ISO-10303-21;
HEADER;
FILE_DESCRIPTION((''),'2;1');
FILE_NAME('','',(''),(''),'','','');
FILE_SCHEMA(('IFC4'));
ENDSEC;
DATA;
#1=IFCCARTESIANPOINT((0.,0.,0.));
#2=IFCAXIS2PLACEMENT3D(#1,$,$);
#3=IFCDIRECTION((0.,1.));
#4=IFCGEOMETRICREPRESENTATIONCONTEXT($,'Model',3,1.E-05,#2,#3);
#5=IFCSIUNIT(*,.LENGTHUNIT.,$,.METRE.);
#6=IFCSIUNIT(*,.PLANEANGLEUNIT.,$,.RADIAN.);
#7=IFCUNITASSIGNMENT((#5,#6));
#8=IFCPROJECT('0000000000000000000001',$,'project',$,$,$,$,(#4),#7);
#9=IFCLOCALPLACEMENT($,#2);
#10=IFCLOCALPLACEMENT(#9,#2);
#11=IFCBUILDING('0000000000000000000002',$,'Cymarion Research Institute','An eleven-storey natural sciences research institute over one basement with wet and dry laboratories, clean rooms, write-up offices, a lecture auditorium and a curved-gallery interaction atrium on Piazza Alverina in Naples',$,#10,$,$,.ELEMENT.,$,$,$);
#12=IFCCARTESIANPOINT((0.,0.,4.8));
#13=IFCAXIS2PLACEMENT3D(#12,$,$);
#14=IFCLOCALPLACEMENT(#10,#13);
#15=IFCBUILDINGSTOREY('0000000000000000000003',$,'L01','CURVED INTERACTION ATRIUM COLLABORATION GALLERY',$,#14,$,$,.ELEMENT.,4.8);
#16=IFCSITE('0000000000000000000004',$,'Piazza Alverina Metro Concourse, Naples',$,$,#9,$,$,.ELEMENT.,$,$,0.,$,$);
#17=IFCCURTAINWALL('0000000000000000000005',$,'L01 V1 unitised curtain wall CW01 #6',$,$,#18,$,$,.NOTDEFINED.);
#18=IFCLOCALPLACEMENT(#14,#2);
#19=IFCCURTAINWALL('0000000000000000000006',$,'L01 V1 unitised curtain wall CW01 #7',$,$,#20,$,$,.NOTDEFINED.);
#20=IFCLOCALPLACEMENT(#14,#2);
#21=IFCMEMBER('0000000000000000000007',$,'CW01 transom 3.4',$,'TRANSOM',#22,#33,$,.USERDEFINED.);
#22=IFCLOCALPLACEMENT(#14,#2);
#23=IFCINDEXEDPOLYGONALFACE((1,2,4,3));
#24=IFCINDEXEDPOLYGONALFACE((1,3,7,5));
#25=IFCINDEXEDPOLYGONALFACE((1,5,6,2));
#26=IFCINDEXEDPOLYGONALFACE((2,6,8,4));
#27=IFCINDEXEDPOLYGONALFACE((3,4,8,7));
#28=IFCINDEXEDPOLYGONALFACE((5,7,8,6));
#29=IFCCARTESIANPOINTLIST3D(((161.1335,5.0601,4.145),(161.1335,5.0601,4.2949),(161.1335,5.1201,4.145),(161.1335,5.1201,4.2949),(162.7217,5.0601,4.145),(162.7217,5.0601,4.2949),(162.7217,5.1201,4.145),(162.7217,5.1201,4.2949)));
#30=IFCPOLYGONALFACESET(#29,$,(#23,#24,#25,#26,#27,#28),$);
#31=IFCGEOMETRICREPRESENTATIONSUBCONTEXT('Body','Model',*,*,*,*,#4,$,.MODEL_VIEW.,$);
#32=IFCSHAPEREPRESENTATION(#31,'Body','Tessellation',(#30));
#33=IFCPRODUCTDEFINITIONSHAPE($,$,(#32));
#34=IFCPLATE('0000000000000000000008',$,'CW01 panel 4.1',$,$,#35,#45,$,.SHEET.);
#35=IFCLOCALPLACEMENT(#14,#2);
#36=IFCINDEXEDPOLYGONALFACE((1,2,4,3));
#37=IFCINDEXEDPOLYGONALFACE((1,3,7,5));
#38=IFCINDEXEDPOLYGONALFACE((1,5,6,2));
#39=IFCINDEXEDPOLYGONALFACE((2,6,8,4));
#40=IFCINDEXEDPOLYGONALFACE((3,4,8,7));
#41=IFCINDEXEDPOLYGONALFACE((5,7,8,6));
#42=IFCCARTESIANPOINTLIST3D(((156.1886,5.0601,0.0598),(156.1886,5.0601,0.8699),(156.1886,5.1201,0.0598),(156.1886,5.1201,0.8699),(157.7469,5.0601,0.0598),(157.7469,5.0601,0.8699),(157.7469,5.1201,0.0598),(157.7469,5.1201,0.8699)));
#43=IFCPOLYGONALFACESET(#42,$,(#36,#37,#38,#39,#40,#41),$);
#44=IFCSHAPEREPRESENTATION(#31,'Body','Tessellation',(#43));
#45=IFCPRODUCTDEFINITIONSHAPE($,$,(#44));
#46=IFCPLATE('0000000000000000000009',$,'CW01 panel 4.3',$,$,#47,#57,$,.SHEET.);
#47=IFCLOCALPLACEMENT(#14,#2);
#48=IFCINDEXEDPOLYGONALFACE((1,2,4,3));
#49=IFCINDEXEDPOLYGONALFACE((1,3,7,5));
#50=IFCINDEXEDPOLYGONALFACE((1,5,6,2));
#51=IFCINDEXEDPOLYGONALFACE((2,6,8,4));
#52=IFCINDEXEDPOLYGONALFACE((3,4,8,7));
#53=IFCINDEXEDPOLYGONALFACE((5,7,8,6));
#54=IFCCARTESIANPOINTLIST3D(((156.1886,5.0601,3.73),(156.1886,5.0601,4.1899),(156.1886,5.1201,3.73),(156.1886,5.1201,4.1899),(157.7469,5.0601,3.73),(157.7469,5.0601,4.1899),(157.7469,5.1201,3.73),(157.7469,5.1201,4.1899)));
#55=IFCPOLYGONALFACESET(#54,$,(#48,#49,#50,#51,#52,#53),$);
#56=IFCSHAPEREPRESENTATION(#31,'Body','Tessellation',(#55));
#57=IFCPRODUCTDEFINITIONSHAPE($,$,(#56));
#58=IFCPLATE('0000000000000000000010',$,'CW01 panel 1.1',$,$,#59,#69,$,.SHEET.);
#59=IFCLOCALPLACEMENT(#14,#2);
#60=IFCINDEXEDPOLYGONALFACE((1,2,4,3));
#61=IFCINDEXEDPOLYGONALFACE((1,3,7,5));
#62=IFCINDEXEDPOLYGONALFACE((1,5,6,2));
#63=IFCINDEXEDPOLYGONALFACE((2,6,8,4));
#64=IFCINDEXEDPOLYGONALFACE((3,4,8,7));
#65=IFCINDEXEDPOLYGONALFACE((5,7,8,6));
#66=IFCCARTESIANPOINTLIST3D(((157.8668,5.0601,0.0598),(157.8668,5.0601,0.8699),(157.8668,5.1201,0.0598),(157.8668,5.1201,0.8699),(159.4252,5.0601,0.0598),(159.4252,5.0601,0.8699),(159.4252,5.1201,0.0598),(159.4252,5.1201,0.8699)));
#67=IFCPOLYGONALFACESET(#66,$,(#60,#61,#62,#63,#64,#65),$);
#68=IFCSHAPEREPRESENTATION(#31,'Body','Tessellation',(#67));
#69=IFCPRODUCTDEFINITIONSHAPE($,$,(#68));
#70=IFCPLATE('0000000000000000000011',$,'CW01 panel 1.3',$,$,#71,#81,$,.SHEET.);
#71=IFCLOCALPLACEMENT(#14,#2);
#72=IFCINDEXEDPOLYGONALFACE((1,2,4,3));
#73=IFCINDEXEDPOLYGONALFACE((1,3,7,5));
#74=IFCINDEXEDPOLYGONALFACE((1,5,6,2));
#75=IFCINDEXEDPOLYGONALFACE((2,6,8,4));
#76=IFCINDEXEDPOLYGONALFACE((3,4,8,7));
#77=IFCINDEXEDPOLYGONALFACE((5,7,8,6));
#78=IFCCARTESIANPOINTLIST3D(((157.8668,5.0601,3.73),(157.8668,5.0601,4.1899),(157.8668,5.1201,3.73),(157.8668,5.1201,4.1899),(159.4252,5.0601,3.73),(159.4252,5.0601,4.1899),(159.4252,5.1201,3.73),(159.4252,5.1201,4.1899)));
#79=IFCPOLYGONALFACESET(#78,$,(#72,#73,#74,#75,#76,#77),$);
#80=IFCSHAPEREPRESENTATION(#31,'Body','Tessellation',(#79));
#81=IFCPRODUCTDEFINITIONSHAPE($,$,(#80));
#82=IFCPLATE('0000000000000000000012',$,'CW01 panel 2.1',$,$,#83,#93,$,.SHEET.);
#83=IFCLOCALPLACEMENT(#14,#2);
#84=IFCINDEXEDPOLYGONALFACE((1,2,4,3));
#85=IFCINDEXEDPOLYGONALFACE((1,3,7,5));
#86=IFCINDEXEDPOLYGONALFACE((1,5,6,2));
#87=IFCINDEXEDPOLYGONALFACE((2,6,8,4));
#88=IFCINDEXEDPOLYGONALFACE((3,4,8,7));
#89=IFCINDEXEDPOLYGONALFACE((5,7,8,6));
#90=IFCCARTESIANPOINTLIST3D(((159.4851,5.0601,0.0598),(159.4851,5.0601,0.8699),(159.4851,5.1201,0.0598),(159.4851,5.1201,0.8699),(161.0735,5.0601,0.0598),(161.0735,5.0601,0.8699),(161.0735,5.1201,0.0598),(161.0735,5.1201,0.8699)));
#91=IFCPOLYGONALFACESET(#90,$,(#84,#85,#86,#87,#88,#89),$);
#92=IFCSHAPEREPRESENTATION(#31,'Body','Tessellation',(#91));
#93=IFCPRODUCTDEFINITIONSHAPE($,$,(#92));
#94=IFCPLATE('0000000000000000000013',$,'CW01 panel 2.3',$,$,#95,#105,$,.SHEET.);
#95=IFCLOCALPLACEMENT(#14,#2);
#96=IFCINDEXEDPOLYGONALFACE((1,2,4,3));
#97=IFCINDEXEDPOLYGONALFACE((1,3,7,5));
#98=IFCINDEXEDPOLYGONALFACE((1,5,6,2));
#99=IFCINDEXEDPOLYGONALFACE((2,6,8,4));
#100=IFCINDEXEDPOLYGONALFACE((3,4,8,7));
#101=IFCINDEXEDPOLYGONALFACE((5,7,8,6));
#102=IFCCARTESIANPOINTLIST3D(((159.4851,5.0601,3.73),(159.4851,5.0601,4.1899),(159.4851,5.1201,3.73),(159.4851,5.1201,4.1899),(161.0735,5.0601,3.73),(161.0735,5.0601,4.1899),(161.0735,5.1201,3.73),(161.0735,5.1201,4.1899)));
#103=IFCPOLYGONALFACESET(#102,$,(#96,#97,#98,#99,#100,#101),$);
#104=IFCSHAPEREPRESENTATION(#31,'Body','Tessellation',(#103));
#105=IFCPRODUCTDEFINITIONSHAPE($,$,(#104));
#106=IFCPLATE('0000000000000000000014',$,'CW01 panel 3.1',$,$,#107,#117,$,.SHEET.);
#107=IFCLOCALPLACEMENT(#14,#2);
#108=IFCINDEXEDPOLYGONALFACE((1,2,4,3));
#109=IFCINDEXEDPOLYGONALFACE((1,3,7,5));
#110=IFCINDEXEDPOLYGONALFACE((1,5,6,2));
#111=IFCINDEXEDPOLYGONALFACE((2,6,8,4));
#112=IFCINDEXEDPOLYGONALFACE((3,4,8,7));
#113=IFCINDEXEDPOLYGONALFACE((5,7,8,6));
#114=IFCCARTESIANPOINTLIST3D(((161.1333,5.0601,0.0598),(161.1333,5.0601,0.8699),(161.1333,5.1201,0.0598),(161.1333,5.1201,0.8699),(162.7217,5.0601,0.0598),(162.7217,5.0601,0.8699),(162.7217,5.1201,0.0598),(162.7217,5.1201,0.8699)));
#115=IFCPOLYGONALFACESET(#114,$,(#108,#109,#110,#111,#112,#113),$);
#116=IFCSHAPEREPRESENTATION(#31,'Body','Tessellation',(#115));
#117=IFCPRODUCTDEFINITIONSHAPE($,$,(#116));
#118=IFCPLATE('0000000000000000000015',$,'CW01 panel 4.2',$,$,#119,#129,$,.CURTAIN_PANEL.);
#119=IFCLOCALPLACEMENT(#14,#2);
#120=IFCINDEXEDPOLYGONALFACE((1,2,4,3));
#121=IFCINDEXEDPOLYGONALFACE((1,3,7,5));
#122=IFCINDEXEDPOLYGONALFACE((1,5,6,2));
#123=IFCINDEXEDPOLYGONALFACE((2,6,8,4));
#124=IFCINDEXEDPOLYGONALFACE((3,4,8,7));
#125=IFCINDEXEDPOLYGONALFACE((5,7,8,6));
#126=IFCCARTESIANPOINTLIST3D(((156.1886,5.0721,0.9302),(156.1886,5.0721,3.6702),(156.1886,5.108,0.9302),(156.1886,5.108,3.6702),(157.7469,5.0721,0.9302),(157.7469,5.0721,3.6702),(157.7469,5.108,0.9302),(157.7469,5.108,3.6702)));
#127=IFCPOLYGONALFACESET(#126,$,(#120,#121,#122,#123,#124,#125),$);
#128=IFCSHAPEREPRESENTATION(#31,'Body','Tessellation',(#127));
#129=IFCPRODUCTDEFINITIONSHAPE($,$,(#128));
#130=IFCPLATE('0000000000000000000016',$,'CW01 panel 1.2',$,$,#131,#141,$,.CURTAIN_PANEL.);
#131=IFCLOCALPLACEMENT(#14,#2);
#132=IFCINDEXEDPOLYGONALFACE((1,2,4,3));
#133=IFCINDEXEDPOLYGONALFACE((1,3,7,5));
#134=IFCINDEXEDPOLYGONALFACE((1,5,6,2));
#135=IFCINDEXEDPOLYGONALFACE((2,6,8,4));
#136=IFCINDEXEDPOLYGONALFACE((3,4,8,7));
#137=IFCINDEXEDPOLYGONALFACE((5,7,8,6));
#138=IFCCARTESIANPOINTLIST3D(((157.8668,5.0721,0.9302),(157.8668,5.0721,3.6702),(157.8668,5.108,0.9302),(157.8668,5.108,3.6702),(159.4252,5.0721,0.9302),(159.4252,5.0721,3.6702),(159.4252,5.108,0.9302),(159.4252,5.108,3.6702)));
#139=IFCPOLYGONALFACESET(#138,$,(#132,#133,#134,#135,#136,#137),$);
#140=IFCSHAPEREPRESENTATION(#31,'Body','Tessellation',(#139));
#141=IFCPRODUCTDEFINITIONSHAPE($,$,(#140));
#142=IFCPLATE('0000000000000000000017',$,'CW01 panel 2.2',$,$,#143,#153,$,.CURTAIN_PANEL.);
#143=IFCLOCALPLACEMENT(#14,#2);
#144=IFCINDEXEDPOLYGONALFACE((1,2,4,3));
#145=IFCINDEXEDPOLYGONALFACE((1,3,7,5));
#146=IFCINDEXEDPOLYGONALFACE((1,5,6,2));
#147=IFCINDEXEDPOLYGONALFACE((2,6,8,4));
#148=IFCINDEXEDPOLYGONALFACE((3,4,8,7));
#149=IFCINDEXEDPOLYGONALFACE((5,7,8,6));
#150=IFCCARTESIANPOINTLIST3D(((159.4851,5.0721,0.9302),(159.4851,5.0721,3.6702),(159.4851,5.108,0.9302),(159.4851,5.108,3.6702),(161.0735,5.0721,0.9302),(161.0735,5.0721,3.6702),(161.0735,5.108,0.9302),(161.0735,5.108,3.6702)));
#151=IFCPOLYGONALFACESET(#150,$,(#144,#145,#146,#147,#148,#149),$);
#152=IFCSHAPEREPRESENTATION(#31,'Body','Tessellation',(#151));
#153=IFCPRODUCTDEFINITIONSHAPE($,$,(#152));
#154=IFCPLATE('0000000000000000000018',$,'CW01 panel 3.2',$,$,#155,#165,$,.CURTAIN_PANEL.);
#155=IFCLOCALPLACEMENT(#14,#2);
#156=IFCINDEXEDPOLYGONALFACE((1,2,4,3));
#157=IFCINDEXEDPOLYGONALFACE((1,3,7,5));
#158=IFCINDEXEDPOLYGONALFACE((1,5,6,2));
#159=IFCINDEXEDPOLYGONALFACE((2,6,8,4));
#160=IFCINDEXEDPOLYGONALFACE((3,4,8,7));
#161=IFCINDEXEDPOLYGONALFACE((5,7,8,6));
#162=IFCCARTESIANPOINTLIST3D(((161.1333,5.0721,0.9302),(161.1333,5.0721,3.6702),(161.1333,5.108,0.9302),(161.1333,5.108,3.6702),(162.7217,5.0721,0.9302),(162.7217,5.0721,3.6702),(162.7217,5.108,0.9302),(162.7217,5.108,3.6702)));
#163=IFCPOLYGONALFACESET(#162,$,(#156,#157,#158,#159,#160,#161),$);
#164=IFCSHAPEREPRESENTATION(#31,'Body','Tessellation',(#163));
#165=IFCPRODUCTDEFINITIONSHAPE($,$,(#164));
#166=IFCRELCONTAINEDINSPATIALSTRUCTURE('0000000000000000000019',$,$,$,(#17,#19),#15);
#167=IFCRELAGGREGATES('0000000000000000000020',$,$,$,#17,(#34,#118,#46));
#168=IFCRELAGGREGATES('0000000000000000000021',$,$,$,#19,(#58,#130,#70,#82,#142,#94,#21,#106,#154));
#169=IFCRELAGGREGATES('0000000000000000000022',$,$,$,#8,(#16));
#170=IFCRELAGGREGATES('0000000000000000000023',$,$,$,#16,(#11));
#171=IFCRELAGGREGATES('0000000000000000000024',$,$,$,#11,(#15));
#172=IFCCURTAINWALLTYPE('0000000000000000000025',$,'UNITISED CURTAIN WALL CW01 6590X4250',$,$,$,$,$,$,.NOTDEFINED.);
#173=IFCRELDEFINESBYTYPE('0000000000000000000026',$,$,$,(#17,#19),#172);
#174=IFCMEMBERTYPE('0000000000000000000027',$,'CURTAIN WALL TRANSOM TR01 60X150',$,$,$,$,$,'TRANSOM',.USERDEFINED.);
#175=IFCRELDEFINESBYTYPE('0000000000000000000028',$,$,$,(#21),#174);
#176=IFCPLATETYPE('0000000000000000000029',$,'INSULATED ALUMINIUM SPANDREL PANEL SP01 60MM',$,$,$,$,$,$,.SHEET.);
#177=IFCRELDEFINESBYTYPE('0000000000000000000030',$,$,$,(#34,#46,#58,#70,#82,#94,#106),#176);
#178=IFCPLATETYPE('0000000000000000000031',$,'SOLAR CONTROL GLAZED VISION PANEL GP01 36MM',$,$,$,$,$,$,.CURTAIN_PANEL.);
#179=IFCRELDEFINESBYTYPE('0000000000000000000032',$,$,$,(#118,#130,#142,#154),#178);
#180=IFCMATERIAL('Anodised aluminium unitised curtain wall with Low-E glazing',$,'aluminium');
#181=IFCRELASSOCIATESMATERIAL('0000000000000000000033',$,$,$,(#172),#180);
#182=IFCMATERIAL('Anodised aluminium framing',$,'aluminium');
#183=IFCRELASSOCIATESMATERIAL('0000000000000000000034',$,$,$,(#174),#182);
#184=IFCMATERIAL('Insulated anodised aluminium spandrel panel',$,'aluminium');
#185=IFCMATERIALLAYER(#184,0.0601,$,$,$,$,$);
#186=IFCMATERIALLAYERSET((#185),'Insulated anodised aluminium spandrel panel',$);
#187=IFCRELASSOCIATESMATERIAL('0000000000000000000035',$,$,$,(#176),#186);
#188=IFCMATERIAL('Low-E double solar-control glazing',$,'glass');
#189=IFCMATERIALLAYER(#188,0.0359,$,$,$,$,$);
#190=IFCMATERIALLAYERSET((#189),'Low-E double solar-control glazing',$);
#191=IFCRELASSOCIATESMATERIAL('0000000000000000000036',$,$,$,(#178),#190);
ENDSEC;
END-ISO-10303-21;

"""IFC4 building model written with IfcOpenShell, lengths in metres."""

from ifc_helpers import new_model, si_unit, direction, frame, origin, origin_2d, place, context, subcontext, project, spatial, rectangle, extrude, material, layer, layer_set, material_profile, profile_set, type_object, element, aggregate, save


model = new_model("IFC4")

# Units and contexts
model_context = context("Model", 3, precision=1e-05, world=origin(), true_north=direction((0.0, 1.0)))
body_context = subcontext(model_context, "Body", "Model", "MODEL_VIEW")
ifc_project = project(units=[si_unit("LENGTHUNIT", "METRE"), si_unit("PLANEANGLEUNIT", "RADIAN")], contexts=[model_context])

# Site, building, storey
site_placement = place(None, origin())
site = spatial("IfcSite", under=ifc_project, at=site_placement, Name="Piazza Alverina Metro Concourse, Naples", CompositionType="ELEMENT", RefElevation=0.0)
building_placement = place(site_placement, origin())
building = spatial("IfcBuilding", under=site, at=building_placement, Name="Cymarion Research Institute", Description="An eleven-storey natural sciences research institute over one basement with wet and dry laboratories, clean rooms, write-up offices, a lecture auditorium and a curved-gallery interaction atrium on Piazza Alverina in Naples", CompositionType="ELEMENT")
storey_placement = place(building_placement, frame((0.0, 0.0, 4.8)))
storey = spatial("IfcBuildingStorey", under=building, at=storey_placement, Name="L01", Description="CURVED INTERACTION ATRIUM COLLABORATION GALLERY", CompositionType="ELEMENT", Elevation=4.8)

# Curtain wall
ifc_material_1 = material(Name="Anodised aluminium unitised curtain wall with Low-E glazing", Category="aluminium")
curtain_wall_type = type_object("IfcCurtainWallType", Name="UNITISED CURTAIN WALL CW01 6590X4250", PredefinedType="NOTDEFINED", material=ifc_material_1)
curtain_wall_1_placement = place(storey_placement, origin())
curtain_wall_1 = element("IfcCurtainWall", 1, at=curtain_wall_1_placement, inside=storey, type_object=curtain_wall_type, Name="L01 V1 unitised curtain wall CW01 #6", PredefinedType="NOTDEFINED")
ifc_material_2 = material(Name="Anodised aluminium framing", Category="aluminium")

# Curtain wall, member
curtain_wall_2_placement = place(storey_placement, origin())
curtain_wall_2 = element("IfcCurtainWall", 2, at=curtain_wall_2_placement, inside=storey, type_object=curtain_wall_type, Name="L01 V1 unitised curtain wall CW01 #7", PredefinedType="NOTDEFINED")
ifc_material_profile_1 = material_profile(ifc_material_2, rectangle(XDim=0.0601, YDim=0.1499, at=origin_2d()), Name="ALU TRANSOM 60x150")
ifc_profile_set_1 = profile_set([ifc_material_profile_1], Name="Anodised aluminium framing")
member_type_1 = type_object("IfcMemberType", Name="CURTAIN WALL TRANSOM TR01 60X150", ElementType="TRANSOM", PredefinedType="USERDEFINED", material=ifc_profile_set_1)
member_1_placement = place(storey_placement, frame((161.1335, 5.0901, 4.22), z_axis=(1.0, 0.0, 0.0), x_axis=(0.0, 1.0, 0.0)))
member_1 = element("IfcMember", 3, at=member_1_placement, type_object=member_type_1, Name="CW01 transom 3.4", ObjectType="TRANSOM", PredefinedType="USERDEFINED", context=body_context, shape_type="SweptSolid", body=[
    extrude(rectangle(XDim=0.0601, YDim=0.1499, at=origin_2d()), origin(), (0.0, 0.0, 1.0), 1.5881),
])

# Plates
ifc_material_3 = material(Name="Insulated anodised aluminium spandrel panel", Category="aluminium")
ifc_layer_1 = layer(ifc_material_3, 0.0601)
ifc_layer_set_1 = layer_set([ifc_layer_1], Name="Insulated anodised aluminium spandrel panel")
plate_type_1 = type_object("IfcPlateType", Name="INSULATED ALUMINIUM SPANDREL PANEL SP01 60MM", PredefinedType="SHEET", material=ifc_layer_set_1)
plate_1_placement = place(storey_placement, frame((156.9678, 5.0901, 0.0598), z_axis=(0.0, 0.0, 1.0), x_axis=(1.0, 0.0, 0.0)))
plate_1 = element("IfcPlate", 4, at=plate_1_placement, type_object=plate_type_1, Name="CW01 panel 4.1", PredefinedType="SHEET", context=body_context, shape_type="SweptSolid", body=[
    extrude(rectangle(XDim=1.5583, YDim=0.0601, at=origin_2d()), origin(), (0.0, 0.0, 1.0), 0.8101),
])
plate_2_placement = place(storey_placement, frame((156.9678, 5.0901, 3.73), z_axis=(0.0, 0.0, 1.0), x_axis=(1.0, 0.0, 0.0)))
plate_2 = element("IfcPlate", 5, at=plate_2_placement, type_object=plate_type_1, Name="CW01 panel 4.3", PredefinedType="SHEET", context=body_context, shape_type="SweptSolid", body=[
    extrude(rectangle(XDim=1.5583, YDim=0.0601, at=origin_2d()), origin(), (0.0, 0.0, 1.0), 0.46),
])
plate_3_placement = place(storey_placement, frame((158.646, 5.0901, 0.0598), z_axis=(0.0, 0.0, 1.0), x_axis=(1.0, 0.0, 0.0)))
plate_3 = element("IfcPlate", 6, at=plate_3_placement, type_object=plate_type_1, Name="CW01 panel 1.1", PredefinedType="SHEET", context=body_context, shape_type="SweptSolid", body=[
    extrude(rectangle(XDim=1.5583, YDim=0.0601, at=origin_2d()), origin(), (0.0, 0.0, 1.0), 0.8101),
])
plate_4_placement = place(storey_placement, frame((158.646, 5.0901, 3.73), z_axis=(0.0, 0.0, 1.0), x_axis=(1.0, 0.0, 0.0)))
plate_4 = element("IfcPlate", 7, at=plate_4_placement, type_object=plate_type_1, Name="CW01 panel 1.3", PredefinedType="SHEET", context=body_context, shape_type="SweptSolid", body=[
    extrude(rectangle(XDim=1.5583, YDim=0.0601, at=origin_2d()), origin(), (0.0, 0.0, 1.0), 0.46),
])
plate_5_placement = place(storey_placement, frame((160.2793, 5.0901, 0.0598), z_axis=(0.0, 0.0, 1.0), x_axis=(1.0, 0.0, 0.0)))
plate_5 = element("IfcPlate", 8, at=plate_5_placement, type_object=plate_type_1, Name="CW01 panel 2.1", PredefinedType="SHEET", context=body_context, shape_type="SweptSolid", body=[
    extrude(rectangle(XDim=1.5884, YDim=0.0601, at=origin_2d()), origin(), (0.0, 0.0, 1.0), 0.8101),
])
plate_6_placement = place(storey_placement, frame((160.2793, 5.0901, 3.73), z_axis=(0.0, 0.0, 1.0), x_axis=(1.0, 0.0, 0.0)))
plate_6 = element("IfcPlate", 9, at=plate_6_placement, type_object=plate_type_1, Name="CW01 panel 2.3", PredefinedType="SHEET", context=body_context, shape_type="SweptSolid", body=[
    extrude(rectangle(XDim=1.5884, YDim=0.0601, at=origin_2d()), origin(), (0.0, 0.0, 1.0), 0.46),
])
plate_7_placement = place(storey_placement, frame((161.9275, 5.0901, 0.0598), z_axis=(0.0, 0.0, 1.0), x_axis=(1.0, 0.0, 0.0)))
plate_7 = element("IfcPlate", 10, at=plate_7_placement, type_object=plate_type_1, Name="CW01 panel 3.1", PredefinedType="SHEET", context=body_context, shape_type="SweptSolid", body=[
    extrude(rectangle(XDim=1.5884, YDim=0.0601, at=origin_2d()), origin(), (0.0, 0.0, 1.0), 0.8101),
])
ifc_material_4 = material(Name="Low-E double solar-control glazing", Category="glass")
ifc_layer_2 = layer(ifc_material_4, 0.0359)
ifc_layer_set_2 = layer_set([ifc_layer_2], Name="Low-E double solar-control glazing")
plate_type_2 = type_object("IfcPlateType", Name="SOLAR CONTROL GLAZED VISION PANEL GP01 36MM", PredefinedType="CURTAIN_PANEL", material=ifc_layer_set_2)
plate_8_placement = place(storey_placement, frame((156.9678, 5.0901, 0.9302), z_axis=(0.0, 0.0, 1.0), x_axis=(1.0, 0.0, 0.0)))
plate_8 = element("IfcPlate", 11, at=plate_8_placement, type_object=plate_type_2, Name="CW01 panel 4.2", PredefinedType="CURTAIN_PANEL", context=body_context, shape_type="SweptSolid", body=[
    extrude(rectangle(XDim=1.5583, YDim=0.0359, at=origin_2d()), origin(), (0.0, 0.0, 1.0), 2.74),
])
aggregate(curtain_wall_1, [plate_1, plate_8, plate_2])
plate_9_placement = place(storey_placement, frame((158.646, 5.0901, 0.9302), z_axis=(0.0, 0.0, 1.0), x_axis=(1.0, 0.0, 0.0)))
plate_9 = element("IfcPlate", 12, at=plate_9_placement, type_object=plate_type_2, Name="CW01 panel 1.2", PredefinedType="CURTAIN_PANEL", context=body_context, shape_type="SweptSolid", body=[
    extrude(rectangle(XDim=1.5583, YDim=0.0359, at=origin_2d()), origin(), (0.0, 0.0, 1.0), 2.74),
])
plate_10_placement = place(storey_placement, frame((160.2793, 5.0901, 0.9302), z_axis=(0.0, 0.0, 1.0), x_axis=(1.0, 0.0, 0.0)))
plate_10 = element("IfcPlate", 13, at=plate_10_placement, type_object=plate_type_2, Name="CW01 panel 2.2", PredefinedType="CURTAIN_PANEL", context=body_context, shape_type="SweptSolid", body=[
    extrude(rectangle(XDim=1.5884, YDim=0.0359, at=origin_2d()), origin(), (0.0, 0.0, 1.0), 2.74),
])
plate_11_placement = place(storey_placement, frame((161.9275, 5.0901, 0.9302), z_axis=(0.0, 0.0, 1.0), x_axis=(1.0, 0.0, 0.0)))
plate_11 = element("IfcPlate", 14, at=plate_11_placement, type_object=plate_type_2, Name="CW01 panel 3.2", PredefinedType="CURTAIN_PANEL", context=body_context, shape_type="SweptSolid", body=[
    extrude(rectangle(XDim=1.5884, YDim=0.0359, at=origin_2d()), origin(), (0.0, 0.0, 1.0), 2.74),
])
aggregate(curtain_wall_2, [plate_3, plate_9, plate_4, plate_5, plate_10, plate_6, member_1, plate_7, plate_11])

save(model, "model.ifc")
